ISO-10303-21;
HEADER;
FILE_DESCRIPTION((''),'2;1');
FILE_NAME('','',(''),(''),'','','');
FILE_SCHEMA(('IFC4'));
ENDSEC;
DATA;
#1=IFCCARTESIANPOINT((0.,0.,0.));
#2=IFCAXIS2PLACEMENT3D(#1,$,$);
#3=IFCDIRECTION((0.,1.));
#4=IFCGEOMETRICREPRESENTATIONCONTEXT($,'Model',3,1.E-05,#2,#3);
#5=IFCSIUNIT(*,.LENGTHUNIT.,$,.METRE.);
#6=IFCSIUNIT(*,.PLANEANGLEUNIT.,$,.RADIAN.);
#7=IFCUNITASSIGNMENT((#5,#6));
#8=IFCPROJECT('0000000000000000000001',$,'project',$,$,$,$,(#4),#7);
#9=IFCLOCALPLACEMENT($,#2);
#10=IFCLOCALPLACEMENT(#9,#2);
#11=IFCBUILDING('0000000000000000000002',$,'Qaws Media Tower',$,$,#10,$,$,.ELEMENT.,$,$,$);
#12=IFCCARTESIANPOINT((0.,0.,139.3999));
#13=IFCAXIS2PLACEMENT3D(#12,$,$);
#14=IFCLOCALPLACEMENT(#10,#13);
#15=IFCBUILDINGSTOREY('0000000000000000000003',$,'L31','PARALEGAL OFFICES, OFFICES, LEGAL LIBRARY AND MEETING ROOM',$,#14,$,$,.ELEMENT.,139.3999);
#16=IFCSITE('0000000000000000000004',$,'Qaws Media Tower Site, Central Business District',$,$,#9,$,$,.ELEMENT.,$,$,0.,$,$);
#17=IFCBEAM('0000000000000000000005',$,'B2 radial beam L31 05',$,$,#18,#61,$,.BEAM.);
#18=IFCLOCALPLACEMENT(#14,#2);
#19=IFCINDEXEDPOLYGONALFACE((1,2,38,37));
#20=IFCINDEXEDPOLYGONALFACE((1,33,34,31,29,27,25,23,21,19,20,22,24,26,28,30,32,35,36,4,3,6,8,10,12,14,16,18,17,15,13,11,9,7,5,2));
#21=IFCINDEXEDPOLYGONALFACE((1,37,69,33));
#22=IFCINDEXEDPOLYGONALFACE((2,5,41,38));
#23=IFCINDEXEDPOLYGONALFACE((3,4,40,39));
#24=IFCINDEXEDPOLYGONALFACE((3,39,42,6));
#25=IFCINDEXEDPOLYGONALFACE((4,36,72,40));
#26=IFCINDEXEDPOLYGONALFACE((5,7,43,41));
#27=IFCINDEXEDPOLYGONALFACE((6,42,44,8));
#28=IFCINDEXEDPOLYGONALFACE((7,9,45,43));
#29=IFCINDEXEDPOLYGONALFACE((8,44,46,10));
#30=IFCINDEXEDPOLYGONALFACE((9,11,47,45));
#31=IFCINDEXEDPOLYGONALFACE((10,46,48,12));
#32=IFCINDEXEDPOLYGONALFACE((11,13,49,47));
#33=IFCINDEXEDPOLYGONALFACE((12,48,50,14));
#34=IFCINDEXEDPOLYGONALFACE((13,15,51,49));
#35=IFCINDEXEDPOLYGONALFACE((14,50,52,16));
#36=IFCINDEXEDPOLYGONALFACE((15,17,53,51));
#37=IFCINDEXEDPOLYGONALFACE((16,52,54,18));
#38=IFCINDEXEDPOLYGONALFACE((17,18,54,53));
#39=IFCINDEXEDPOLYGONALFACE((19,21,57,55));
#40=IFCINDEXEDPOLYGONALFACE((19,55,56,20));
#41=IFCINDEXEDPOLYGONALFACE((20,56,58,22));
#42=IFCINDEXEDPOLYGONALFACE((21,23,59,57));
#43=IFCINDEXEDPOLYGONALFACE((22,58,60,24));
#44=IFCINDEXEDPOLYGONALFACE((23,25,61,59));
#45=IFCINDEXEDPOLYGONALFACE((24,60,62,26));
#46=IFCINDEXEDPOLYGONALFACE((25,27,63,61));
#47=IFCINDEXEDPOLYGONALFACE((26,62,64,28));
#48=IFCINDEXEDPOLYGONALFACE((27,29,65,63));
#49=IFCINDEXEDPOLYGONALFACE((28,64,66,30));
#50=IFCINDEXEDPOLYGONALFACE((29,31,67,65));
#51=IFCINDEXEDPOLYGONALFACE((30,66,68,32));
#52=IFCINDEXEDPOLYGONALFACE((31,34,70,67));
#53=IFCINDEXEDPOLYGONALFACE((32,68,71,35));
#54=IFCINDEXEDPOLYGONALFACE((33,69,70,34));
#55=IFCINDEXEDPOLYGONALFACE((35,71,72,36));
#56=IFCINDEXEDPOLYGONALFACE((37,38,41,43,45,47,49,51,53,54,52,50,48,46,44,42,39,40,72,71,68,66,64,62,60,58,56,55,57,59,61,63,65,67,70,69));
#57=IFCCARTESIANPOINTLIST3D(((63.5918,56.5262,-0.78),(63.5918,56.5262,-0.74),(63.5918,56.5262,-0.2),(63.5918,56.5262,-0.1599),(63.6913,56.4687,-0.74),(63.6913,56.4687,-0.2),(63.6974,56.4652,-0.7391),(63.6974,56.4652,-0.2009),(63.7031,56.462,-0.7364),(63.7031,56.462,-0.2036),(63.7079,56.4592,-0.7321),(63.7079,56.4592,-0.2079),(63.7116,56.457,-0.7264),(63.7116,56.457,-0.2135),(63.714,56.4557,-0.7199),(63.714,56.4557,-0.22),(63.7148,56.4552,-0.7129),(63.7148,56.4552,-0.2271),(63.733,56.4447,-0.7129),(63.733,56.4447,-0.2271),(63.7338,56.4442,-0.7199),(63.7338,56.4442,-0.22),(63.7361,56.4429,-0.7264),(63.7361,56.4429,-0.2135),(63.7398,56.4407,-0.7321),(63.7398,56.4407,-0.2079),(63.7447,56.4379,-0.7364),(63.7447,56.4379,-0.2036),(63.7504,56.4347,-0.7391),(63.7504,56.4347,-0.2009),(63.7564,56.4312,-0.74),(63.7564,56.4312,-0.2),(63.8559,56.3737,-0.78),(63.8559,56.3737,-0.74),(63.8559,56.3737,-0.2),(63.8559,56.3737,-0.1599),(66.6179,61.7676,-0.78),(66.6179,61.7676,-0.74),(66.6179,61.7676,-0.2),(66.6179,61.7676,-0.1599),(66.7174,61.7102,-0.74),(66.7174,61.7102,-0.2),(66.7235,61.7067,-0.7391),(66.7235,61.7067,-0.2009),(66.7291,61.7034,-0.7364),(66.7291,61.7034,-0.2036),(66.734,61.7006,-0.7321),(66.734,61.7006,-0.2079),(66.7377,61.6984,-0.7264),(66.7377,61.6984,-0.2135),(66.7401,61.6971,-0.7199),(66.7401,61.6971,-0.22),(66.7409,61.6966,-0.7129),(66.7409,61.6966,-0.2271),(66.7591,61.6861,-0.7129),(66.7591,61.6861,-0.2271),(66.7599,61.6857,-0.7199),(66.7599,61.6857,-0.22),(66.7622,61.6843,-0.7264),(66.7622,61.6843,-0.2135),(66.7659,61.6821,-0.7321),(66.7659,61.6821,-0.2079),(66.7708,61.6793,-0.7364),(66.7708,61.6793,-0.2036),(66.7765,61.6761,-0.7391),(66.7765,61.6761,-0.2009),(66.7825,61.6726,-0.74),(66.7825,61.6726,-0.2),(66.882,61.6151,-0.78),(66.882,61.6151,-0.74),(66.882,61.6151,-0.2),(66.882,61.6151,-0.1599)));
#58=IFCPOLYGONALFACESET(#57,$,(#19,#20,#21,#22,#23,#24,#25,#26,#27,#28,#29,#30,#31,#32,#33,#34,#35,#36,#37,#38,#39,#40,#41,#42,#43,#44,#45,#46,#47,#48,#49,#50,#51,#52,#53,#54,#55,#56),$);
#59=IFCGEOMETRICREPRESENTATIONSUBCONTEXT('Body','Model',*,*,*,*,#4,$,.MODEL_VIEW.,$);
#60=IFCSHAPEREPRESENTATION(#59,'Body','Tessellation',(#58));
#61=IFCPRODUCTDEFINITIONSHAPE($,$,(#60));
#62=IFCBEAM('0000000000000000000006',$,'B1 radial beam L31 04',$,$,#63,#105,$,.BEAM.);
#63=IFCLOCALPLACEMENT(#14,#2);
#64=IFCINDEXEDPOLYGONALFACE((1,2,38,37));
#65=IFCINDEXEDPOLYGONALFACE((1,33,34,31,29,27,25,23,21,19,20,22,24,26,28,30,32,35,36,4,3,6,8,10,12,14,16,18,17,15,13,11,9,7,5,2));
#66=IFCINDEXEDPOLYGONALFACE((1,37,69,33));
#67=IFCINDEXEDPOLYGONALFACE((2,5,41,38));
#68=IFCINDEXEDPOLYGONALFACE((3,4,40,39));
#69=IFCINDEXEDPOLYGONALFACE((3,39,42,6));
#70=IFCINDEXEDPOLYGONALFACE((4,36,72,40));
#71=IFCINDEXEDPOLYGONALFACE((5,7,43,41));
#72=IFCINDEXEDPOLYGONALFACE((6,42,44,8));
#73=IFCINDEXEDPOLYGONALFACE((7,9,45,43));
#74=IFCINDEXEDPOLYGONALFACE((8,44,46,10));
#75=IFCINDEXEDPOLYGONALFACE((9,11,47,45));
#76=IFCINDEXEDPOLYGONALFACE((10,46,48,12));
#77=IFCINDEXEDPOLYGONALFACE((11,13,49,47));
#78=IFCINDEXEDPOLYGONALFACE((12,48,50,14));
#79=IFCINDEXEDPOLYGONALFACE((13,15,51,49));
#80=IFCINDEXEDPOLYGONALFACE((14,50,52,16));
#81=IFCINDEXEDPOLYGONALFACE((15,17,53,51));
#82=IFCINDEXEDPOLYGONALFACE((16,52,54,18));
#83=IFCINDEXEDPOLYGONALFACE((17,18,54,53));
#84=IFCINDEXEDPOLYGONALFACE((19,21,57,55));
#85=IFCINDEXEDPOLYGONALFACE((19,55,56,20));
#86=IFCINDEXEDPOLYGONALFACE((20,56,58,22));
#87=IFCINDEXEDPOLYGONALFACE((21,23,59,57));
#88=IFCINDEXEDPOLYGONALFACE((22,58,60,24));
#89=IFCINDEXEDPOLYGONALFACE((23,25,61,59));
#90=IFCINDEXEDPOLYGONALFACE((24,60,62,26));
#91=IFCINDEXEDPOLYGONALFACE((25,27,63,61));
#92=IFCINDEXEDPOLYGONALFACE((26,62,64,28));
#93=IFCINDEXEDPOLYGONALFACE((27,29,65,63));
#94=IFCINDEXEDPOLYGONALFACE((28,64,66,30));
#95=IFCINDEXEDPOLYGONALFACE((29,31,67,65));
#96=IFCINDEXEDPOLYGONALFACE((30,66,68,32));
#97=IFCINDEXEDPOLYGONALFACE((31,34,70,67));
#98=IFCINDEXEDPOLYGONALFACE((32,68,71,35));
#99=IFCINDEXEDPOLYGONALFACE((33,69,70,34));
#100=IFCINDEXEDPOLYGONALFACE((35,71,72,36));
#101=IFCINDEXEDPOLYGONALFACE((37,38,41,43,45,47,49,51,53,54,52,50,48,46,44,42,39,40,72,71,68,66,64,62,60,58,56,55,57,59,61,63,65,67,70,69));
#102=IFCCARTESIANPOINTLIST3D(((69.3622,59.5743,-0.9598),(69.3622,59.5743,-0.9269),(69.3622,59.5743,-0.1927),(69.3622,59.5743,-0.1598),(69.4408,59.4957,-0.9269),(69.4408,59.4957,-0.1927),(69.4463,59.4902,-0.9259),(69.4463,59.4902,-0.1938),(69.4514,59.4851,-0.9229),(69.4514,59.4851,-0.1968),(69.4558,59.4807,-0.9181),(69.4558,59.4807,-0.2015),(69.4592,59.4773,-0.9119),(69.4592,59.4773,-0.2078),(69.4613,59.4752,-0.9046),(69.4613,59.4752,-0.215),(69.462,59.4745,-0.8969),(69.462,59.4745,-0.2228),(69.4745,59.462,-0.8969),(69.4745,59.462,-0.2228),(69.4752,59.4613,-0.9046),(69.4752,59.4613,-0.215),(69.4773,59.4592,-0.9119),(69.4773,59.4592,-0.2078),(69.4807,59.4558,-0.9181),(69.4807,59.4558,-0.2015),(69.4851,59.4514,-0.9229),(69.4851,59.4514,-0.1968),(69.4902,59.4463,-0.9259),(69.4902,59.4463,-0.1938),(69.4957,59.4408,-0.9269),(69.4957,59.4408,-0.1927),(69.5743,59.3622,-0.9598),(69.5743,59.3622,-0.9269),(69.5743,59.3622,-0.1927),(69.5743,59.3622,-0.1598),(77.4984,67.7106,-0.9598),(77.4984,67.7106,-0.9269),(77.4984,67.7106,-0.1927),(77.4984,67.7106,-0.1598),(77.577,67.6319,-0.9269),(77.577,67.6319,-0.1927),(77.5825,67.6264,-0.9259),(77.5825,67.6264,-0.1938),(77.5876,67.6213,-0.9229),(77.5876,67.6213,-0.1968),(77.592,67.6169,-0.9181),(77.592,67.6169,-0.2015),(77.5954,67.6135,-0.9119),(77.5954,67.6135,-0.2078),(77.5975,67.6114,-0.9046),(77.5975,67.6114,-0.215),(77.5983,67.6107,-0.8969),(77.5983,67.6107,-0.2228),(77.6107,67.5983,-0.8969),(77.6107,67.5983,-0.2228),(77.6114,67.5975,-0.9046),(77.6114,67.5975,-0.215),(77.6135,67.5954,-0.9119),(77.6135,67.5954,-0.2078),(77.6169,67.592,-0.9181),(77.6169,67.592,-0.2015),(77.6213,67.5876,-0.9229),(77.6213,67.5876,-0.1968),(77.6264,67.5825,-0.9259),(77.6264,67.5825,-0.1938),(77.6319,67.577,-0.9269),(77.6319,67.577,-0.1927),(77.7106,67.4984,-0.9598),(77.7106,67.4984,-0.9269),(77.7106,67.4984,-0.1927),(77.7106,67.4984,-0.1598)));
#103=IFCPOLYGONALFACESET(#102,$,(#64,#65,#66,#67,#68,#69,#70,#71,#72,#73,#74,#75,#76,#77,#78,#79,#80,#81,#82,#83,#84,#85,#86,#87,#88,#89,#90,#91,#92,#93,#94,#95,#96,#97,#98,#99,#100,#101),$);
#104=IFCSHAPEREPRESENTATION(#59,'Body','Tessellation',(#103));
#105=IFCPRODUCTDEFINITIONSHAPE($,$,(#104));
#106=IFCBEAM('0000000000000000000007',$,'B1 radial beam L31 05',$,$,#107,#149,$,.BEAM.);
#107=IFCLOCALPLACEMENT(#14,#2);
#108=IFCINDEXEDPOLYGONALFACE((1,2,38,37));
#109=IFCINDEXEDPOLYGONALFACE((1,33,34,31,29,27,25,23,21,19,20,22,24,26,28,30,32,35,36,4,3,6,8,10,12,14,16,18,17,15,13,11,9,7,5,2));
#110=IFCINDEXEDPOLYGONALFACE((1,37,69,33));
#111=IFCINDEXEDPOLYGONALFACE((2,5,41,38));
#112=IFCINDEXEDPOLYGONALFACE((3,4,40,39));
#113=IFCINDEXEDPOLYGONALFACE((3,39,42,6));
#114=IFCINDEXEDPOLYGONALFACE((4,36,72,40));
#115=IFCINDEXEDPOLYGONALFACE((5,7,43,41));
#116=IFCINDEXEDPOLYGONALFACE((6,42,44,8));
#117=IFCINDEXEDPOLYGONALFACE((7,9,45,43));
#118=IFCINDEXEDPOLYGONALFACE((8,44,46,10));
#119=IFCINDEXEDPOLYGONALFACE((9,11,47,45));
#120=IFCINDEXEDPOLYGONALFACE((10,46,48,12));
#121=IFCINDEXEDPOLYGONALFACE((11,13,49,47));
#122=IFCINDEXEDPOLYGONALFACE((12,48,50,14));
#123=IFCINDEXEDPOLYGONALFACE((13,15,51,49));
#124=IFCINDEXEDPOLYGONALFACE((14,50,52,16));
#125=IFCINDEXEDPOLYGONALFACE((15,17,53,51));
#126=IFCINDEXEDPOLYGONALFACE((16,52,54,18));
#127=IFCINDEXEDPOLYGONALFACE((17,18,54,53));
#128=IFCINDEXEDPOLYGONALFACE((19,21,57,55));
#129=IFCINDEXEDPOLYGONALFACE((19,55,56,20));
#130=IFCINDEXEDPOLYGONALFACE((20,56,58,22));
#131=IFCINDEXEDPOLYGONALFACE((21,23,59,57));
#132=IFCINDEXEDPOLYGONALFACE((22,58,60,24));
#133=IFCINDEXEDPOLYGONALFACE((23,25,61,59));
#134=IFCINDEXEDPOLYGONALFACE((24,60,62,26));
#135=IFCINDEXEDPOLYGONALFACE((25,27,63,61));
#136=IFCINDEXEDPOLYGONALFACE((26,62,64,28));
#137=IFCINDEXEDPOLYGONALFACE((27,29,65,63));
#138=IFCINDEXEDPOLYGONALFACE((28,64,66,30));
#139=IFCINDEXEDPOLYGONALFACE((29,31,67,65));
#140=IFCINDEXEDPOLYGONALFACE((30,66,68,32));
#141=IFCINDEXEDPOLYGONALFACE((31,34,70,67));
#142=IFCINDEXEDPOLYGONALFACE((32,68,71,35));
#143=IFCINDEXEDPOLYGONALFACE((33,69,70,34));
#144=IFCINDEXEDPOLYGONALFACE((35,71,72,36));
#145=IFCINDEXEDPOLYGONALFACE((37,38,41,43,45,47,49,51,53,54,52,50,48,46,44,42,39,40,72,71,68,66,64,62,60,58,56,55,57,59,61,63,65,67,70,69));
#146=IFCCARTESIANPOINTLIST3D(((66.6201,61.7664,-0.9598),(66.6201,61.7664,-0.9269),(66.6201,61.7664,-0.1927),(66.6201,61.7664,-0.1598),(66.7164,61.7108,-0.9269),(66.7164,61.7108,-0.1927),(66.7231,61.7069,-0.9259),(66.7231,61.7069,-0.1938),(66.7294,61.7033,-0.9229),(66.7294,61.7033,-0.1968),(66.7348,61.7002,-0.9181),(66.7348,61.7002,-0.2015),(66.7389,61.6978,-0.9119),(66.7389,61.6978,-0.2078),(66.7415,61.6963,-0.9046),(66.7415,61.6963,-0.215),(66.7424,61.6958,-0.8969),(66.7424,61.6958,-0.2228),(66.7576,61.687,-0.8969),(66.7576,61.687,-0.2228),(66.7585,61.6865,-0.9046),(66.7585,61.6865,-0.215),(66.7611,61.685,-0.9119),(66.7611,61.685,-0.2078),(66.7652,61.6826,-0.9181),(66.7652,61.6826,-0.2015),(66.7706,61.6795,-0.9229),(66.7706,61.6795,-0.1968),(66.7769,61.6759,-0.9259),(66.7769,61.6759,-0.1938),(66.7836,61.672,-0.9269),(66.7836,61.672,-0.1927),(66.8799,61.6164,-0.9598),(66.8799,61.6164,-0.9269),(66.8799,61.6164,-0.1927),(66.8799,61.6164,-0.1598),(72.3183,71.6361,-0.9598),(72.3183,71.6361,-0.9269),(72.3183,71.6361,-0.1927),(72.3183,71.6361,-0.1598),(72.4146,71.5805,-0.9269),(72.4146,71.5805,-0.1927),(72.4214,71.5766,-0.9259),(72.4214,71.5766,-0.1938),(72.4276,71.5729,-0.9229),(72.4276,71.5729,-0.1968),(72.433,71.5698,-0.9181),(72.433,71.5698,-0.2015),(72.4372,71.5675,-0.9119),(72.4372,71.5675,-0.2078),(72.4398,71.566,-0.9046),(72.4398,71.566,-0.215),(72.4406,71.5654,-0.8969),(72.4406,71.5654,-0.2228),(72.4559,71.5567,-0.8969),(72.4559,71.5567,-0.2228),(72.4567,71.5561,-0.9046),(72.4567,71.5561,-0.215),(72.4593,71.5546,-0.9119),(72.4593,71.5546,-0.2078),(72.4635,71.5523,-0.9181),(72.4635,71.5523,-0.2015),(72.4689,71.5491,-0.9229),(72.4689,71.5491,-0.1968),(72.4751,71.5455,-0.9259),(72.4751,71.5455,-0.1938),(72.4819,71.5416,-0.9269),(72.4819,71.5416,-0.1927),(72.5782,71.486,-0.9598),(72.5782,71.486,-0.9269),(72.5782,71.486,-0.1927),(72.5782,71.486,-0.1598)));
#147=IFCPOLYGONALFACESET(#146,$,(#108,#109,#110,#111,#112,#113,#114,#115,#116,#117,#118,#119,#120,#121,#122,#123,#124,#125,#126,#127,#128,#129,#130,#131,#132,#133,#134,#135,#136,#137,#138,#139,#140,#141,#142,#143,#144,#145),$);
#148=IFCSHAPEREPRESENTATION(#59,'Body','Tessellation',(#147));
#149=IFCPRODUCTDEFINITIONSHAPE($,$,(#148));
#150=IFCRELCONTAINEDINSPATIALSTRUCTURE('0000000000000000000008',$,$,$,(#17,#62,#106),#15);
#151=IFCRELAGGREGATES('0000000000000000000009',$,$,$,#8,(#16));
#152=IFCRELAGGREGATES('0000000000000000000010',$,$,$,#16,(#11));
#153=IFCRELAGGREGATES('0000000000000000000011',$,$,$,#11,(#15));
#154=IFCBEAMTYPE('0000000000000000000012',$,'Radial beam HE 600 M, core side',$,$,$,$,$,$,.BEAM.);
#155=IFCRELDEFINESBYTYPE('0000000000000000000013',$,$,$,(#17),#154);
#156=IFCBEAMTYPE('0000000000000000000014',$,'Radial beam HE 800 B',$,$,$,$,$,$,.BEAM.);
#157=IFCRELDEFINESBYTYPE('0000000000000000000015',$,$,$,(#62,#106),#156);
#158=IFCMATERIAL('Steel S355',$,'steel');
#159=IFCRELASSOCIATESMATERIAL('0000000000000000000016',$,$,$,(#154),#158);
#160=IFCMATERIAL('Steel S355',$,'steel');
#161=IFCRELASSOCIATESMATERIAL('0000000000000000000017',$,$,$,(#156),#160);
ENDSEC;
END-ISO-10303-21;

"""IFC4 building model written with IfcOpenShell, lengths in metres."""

from ifc_helpers import new_model, si_unit, direction, frame, origin, origin_2d, place, context, subcontext, project, spatial, i_section, extrude, material, material_profile, profile_set, type_object, element, save


model = new_model("IFC4")

# Units and contexts
model_context = context("Model", 3, precision=1e-05, world=origin(), true_north=direction((0.0, 1.0)))
body_context = subcontext(model_context, "Body", "Model", "MODEL_VIEW")
ifc_project = project(units=[si_unit("LENGTHUNIT", "METRE"), si_unit("PLANEANGLEUNIT", "RADIAN")], contexts=[model_context])

# Site, building, storey
site_placement = place(None, origin())
site = spatial("IfcSite", under=ifc_project, at=site_placement, Name="Qaws Media Tower Site, Central Business District", CompositionType="ELEMENT", RefElevation=0.0)
building_placement = place(site_placement, origin())
building = spatial("IfcBuilding", under=site, at=building_placement, Name="Qaws Media Tower", CompositionType="ELEMENT")
storey_placement = place(building_placement, frame((0.0, 0.0, 139.3999)))
storey = spatial("IfcBuildingStorey", under=building, at=storey_placement, Name="L31", Description="PARALEGAL OFFICES, OFFICES, LEGAL LIBRARY AND MEETING ROOM", CompositionType="ELEMENT", Elevation=139.3999)

# Beams
ifc_material_1 = material(Name="Steel S355", Category="steel")
ifc_material_profile_1 = material_profile(ifc_material_1, i_section(OverallWidth=0.3049, OverallDepth=0.6201, WebThickness=0.021, FlangeThickness=0.04, FilletRadius=0.0271, at=origin_2d()), Name="HE 600 M")
ifc_profile_set_1 = profile_set([ifc_material_profile_1], Name="Steel S355")
beam_type_1 = type_object("IfcBeamType", Name="Radial beam HE 600 M, core side", PredefinedType="BEAM", material=ifc_profile_set_1)
beam_1_placement = place(storey_placement, frame((63.7239, 56.45, -0.47), z_axis=(0.499996, 0.866028, 0.0), x_axis=(-0.866028, 0.499996, 0.0)))
element("IfcBeam", 1, at=beam_1_placement, inside=storey, type_object=beam_type_1, Name="B2 radial beam L31 05", PredefinedType="BEAM", context=body_context, shape_type="SweptSolid", body=[
    extrude(i_section(OverallWidth=0.3049, OverallDepth=0.6201, WebThickness=0.021, FlangeThickness=0.04, FilletRadius=0.0271, at=origin_2d()), origin(), (0.0, 0.0, 1.0), 6.0522),
])
ifc_material_2 = material(Name="Steel S355", Category="steel")
ifc_material_profile_2 = material_profile(ifc_material_2, i_section(OverallWidth=0.3, OverallDepth=0.8, WebThickness=0.0176, FlangeThickness=0.033, FilletRadius=0.03, at=origin_2d()), Name="HE 800 B")
ifc_profile_set_2 = profile_set([ifc_material_profile_2], Name="Steel S355")
beam_type_2 = type_object("IfcBeamType", Name="Radial beam HE 800 B", PredefinedType="BEAM", material=ifc_profile_set_2)
beam_2_placement = place(storey_placement, frame((69.4683, 59.4683, -0.5598), z_axis=(0.707107, 0.707107, 0.0), x_axis=(-0.707107, 0.707107, 0.0)))
element("IfcBeam", 2, at=beam_2_placement, inside=storey, type_object=beam_type_2, Name="B1 radial beam L31 04", PredefinedType="BEAM", context=body_context, shape_type="SweptSolid", body=[
    extrude(i_section(OverallWidth=0.3, OverallDepth=0.8, WebThickness=0.0176, FlangeThickness=0.033, FilletRadius=0.03, at=origin_2d()), origin(), (0.0, 0.0, 1.0), 11.5063),
])
beam_3_placement = place(storey_placement, frame((66.75, 61.6914, -0.5598), z_axis=(0.500001, 0.866025, 0.0), x_axis=(-0.866025, 0.500001, 0.0)))
element("IfcBeam", 3, at=beam_3_placement, inside=storey, type_object=beam_type_2, Name="B1 radial beam L31 05", PredefinedType="BEAM", context=body_context, shape_type="SweptSolid", body=[
    extrude(i_section(OverallWidth=0.3, OverallDepth=0.8, WebThickness=0.0176, FlangeThickness=0.033, FilletRadius=0.03, at=origin_2d()), origin(), (0.0, 0.0, 1.0), 11.3965),
])

save(model, "model.ifc")
